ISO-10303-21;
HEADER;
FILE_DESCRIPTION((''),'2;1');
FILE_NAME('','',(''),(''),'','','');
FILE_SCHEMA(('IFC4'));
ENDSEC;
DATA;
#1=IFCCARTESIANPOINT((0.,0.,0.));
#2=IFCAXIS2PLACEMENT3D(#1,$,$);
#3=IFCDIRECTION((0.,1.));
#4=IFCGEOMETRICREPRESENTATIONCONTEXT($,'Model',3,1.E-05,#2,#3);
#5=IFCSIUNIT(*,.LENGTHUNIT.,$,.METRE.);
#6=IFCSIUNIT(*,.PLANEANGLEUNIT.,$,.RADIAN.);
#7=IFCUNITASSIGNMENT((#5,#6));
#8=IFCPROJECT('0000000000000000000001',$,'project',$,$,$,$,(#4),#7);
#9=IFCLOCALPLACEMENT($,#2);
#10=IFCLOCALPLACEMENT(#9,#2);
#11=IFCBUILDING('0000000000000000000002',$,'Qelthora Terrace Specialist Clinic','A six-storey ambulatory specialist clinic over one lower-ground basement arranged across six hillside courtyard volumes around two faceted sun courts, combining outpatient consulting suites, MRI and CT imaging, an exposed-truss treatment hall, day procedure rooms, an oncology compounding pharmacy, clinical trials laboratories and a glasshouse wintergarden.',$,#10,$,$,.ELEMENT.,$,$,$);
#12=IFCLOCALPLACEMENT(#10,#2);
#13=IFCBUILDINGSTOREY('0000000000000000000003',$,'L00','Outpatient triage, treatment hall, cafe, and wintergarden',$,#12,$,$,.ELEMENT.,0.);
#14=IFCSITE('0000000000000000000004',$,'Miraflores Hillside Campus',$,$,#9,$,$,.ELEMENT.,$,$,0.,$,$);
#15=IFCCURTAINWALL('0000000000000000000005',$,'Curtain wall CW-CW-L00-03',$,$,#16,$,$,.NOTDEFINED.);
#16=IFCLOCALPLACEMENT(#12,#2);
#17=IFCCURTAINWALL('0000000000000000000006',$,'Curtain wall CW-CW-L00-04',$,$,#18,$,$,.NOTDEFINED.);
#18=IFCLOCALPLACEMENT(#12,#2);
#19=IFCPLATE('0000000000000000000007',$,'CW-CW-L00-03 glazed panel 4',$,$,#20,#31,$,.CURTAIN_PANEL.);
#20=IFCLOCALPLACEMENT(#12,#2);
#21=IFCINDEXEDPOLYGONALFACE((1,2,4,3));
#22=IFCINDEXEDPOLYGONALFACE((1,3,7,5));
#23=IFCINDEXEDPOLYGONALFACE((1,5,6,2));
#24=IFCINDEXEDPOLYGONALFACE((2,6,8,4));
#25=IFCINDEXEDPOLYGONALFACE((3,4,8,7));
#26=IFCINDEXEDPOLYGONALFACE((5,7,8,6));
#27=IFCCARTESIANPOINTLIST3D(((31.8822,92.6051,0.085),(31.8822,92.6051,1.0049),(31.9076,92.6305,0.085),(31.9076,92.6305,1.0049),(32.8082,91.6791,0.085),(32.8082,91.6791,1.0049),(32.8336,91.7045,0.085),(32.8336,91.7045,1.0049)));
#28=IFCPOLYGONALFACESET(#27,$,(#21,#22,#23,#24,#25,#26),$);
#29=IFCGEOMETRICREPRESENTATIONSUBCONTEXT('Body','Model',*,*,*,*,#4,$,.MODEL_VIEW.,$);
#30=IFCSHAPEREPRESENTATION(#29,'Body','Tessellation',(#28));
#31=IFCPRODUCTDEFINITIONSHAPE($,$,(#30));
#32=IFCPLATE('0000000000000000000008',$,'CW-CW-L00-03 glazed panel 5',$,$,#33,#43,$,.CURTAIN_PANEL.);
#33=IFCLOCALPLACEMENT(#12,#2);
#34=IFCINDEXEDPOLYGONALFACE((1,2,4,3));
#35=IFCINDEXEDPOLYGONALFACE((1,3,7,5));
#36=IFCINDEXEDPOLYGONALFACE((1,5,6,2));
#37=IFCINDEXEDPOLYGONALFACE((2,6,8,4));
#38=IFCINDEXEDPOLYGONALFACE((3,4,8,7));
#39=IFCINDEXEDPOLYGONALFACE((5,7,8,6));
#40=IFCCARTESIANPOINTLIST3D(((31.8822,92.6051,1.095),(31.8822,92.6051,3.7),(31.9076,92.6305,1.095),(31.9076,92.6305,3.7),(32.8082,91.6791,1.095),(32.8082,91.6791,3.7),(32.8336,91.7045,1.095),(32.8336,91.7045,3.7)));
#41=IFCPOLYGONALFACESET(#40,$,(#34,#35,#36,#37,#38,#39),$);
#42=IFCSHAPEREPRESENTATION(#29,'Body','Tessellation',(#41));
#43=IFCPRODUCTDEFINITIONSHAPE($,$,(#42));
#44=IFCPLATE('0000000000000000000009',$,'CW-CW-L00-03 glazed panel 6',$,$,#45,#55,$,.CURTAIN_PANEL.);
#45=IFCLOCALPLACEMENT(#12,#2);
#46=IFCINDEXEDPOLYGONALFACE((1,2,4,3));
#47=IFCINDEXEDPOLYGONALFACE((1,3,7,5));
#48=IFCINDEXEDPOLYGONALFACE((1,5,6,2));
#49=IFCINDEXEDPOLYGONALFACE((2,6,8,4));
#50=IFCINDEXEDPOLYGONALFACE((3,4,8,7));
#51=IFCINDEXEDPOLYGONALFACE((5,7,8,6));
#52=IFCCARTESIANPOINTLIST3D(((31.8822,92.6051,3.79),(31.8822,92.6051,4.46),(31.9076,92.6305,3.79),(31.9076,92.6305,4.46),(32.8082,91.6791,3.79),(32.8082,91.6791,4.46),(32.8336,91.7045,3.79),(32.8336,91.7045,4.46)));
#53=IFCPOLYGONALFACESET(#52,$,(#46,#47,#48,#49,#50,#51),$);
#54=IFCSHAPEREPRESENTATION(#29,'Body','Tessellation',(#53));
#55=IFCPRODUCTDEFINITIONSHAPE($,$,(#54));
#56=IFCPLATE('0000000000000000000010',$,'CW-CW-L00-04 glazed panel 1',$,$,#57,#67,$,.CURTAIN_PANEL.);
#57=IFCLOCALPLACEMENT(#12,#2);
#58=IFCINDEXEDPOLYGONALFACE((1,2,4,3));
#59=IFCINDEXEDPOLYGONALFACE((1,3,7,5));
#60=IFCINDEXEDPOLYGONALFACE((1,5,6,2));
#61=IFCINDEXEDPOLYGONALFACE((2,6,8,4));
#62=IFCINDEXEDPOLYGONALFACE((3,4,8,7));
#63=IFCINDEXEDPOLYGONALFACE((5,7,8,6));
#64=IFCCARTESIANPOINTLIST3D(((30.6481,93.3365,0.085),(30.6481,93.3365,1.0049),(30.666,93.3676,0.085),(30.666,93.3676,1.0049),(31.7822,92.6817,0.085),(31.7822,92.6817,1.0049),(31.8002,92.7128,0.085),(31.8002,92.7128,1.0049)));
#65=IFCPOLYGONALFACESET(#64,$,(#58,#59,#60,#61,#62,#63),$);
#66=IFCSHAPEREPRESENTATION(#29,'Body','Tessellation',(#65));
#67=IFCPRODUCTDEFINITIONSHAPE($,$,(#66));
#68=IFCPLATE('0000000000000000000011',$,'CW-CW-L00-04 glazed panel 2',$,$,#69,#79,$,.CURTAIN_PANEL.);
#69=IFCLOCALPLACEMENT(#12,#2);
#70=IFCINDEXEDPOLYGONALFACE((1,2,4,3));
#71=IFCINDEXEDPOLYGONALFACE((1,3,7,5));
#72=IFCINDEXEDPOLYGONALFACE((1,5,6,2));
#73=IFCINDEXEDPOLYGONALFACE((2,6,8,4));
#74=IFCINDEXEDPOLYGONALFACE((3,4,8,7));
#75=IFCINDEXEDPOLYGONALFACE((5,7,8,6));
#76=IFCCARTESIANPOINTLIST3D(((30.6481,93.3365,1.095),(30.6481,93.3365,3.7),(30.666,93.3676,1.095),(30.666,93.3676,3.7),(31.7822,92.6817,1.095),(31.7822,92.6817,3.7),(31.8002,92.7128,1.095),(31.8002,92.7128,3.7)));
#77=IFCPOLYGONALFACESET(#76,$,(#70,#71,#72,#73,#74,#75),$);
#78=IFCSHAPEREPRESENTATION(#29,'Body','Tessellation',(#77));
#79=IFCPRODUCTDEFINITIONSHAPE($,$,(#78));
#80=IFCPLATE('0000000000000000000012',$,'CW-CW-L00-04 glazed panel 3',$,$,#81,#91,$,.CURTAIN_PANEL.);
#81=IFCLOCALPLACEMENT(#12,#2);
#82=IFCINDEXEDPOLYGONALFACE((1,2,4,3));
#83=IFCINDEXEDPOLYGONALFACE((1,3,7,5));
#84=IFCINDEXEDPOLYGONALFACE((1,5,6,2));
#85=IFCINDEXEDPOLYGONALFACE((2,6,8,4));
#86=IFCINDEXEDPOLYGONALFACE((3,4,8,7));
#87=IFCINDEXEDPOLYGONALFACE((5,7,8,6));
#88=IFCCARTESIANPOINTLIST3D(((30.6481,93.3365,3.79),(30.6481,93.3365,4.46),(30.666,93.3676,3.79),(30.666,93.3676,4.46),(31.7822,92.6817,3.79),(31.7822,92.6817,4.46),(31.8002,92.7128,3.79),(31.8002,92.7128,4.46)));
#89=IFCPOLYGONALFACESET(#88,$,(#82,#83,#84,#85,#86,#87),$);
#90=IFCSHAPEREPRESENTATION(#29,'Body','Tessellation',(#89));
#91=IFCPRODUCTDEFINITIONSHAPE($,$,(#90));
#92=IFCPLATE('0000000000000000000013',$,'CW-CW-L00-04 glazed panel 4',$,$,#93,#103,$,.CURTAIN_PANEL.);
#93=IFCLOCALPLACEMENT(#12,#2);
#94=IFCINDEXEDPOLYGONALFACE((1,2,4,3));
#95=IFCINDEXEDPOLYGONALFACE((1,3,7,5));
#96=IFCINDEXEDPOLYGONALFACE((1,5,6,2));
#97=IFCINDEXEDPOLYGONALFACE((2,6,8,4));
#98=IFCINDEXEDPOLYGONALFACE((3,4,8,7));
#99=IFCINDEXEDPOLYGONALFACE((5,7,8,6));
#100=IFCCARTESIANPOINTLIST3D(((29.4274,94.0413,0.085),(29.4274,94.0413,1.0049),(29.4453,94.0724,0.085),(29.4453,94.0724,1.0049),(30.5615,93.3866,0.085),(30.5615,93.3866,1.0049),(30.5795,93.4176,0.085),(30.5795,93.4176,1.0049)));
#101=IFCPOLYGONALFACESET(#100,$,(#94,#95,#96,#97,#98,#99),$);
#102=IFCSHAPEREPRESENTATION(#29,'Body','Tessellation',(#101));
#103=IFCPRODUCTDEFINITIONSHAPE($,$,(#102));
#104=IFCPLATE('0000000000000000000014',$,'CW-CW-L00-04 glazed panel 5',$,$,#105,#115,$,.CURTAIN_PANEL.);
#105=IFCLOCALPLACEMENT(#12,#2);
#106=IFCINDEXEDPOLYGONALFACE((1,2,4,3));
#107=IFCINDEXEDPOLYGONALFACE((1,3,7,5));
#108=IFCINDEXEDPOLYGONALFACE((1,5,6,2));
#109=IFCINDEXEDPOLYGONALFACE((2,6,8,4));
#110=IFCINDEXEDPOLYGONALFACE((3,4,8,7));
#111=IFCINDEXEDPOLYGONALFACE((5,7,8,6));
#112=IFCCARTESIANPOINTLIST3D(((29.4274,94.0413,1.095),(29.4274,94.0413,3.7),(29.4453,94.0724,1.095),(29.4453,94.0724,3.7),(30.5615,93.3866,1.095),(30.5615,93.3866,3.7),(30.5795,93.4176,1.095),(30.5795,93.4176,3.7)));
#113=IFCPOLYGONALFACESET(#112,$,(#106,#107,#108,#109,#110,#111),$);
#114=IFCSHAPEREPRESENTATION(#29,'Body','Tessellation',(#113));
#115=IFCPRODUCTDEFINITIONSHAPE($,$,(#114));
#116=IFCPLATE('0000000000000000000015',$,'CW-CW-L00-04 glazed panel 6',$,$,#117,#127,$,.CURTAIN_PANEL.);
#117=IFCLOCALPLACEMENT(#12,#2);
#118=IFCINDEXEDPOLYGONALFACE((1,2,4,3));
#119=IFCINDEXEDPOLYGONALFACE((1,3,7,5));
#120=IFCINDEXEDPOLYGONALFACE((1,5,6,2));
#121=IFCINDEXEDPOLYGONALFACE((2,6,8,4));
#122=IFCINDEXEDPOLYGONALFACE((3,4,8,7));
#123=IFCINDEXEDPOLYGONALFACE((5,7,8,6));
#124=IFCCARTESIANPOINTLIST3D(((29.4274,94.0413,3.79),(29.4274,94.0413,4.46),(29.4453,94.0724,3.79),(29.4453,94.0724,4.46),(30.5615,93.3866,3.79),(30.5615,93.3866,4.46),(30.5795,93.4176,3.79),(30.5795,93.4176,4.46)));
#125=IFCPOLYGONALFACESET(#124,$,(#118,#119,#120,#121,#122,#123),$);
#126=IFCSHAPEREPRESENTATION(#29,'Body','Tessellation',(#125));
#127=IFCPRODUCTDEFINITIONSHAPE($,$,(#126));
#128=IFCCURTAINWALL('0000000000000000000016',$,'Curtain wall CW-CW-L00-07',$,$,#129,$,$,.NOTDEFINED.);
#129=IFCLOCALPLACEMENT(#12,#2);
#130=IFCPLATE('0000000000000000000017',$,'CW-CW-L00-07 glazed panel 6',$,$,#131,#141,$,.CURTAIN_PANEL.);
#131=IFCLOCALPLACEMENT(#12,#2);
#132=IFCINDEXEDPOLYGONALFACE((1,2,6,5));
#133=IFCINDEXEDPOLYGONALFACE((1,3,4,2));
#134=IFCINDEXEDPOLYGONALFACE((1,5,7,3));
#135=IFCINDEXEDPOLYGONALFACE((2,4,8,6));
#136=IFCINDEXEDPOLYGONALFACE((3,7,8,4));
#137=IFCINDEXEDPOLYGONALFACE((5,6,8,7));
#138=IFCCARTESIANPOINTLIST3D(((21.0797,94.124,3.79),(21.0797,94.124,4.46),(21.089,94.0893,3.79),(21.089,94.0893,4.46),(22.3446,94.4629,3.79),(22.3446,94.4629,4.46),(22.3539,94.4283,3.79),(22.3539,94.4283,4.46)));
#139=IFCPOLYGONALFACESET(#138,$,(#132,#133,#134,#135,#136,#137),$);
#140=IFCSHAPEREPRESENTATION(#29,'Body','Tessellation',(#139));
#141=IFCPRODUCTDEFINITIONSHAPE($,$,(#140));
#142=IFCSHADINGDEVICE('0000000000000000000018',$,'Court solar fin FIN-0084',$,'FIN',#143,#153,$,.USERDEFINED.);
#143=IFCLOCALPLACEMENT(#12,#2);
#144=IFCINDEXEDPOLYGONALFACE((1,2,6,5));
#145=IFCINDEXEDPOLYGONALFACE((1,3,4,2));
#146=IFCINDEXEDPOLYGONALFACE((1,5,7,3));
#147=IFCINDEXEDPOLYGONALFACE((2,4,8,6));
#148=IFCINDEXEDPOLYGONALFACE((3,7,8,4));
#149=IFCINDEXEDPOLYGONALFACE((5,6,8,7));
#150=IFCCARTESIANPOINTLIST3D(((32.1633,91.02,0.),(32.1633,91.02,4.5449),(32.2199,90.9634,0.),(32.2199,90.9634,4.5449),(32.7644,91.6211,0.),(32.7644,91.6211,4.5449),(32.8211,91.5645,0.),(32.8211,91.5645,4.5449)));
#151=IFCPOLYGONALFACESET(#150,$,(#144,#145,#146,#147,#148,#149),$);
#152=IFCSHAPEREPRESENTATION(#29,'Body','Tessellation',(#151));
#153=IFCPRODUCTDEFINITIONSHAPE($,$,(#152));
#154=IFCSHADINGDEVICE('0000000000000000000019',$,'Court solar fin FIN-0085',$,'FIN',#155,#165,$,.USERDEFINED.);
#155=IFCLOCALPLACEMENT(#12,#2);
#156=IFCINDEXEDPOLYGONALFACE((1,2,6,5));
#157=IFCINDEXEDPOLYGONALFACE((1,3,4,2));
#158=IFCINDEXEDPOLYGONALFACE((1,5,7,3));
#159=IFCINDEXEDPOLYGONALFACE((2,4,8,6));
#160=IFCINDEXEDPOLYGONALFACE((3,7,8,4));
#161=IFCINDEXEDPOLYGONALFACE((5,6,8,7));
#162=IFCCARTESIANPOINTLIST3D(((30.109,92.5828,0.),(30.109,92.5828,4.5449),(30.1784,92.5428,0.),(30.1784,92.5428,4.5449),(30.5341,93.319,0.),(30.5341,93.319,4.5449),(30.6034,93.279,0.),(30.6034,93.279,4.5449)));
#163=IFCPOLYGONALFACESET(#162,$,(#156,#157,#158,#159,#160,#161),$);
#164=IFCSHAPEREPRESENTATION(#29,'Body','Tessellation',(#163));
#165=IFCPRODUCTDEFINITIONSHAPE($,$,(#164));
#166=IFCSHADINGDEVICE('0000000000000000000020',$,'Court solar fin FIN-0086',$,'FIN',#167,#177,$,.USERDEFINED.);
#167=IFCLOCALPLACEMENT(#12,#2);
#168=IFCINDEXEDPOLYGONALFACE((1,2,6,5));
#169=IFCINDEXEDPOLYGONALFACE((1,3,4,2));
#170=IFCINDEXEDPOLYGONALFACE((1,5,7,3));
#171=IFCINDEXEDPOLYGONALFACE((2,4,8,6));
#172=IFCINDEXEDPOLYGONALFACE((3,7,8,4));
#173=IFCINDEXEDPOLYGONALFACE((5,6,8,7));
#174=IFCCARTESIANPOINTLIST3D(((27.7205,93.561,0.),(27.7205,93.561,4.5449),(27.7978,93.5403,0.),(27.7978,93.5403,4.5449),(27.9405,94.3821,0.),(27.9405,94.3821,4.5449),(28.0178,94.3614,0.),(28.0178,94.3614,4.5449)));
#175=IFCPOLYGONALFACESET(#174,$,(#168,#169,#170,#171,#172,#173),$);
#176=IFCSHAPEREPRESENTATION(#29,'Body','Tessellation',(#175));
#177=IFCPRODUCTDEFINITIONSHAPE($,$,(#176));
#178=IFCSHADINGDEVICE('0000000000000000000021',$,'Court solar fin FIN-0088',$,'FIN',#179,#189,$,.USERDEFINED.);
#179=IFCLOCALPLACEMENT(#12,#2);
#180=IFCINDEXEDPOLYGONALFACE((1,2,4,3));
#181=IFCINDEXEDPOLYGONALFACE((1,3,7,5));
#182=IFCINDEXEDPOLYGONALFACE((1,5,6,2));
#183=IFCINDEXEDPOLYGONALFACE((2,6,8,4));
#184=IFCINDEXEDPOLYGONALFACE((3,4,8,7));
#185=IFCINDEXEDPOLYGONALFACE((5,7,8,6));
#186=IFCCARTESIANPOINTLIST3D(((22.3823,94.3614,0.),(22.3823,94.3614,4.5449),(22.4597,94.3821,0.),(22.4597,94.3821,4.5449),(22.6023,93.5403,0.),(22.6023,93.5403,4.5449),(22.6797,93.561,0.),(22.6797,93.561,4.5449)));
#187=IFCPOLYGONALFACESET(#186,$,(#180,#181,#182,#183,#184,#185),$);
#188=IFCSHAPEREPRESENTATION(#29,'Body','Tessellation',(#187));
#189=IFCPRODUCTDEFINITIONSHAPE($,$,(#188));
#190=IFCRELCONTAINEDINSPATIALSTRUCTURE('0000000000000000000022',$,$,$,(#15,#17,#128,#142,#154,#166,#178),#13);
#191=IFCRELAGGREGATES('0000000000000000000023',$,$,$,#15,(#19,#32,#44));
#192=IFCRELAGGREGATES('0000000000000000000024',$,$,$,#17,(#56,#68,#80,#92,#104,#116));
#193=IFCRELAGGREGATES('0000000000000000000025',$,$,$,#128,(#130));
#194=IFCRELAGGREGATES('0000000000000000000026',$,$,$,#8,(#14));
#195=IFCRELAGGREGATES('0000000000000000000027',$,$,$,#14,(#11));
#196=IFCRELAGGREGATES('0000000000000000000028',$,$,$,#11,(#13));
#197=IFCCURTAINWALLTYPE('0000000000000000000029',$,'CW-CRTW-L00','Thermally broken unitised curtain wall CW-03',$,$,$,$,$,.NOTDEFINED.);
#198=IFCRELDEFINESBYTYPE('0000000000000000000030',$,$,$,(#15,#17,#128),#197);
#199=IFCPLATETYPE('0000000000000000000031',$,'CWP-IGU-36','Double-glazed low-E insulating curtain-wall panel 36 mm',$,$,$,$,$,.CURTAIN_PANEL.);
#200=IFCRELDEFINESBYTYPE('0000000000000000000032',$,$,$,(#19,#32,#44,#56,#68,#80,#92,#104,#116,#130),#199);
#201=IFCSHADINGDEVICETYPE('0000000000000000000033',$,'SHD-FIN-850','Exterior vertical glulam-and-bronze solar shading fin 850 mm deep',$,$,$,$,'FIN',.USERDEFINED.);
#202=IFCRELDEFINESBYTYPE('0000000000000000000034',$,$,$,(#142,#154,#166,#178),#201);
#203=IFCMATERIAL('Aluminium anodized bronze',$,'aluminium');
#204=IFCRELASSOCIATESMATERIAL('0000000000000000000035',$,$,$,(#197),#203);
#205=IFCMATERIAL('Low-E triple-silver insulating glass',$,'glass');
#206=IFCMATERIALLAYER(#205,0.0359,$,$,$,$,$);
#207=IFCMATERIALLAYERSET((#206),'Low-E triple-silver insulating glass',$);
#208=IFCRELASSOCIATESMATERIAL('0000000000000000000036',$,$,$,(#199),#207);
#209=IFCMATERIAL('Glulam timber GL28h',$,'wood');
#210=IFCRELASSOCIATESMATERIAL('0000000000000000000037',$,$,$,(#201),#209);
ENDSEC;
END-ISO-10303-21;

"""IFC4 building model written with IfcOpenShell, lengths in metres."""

from ifc_helpers import new_model, si_unit, direction, frame, origin, origin_2d, place, context, subcontext, project, spatial, rectangle, extrude, material, layer, layer_set, type_object, element, aggregate, save


model = new_model("IFC4")

# Units and contexts
model_context = context("Model", 3, precision=1e-05, world=origin(), true_north=direction((0.0, 1.0)))
body_context = subcontext(model_context, "Body", "Model", "MODEL_VIEW")
ifc_project = project(units=[si_unit("LENGTHUNIT", "METRE"), si_unit("PLANEANGLEUNIT", "RADIAN")], contexts=[model_context])

# Site, building, storey
site_placement = place(None, origin())
site = spatial("IfcSite", under=ifc_project, at=site_placement, Name="Miraflores Hillside Campus", CompositionType="ELEMENT", RefElevation=0.0)
building_placement = place(site_placement, origin())
building = spatial("IfcBuilding", under=site, at=building_placement, Name="Qelthora Terrace Specialist Clinic", Description="A six-storey ambulatory specialist clinic over one lower-ground basement arranged across six hillside courtyard volumes around two faceted sun courts, combining outpatient consulting suites, MRI and CT imaging, an exposed-truss treatment hall, day procedure rooms, an oncology compounding pharmacy, clinical trials laboratories and a glasshouse wintergarden.", CompositionType="ELEMENT")
storey_placement = place(building_placement, origin())
storey = spatial("IfcBuildingStorey", under=building, at=storey_placement, Name="L00", Description="Outpatient triage, treatment hall, cafe, and wintergarden", CompositionType="ELEMENT", Elevation=0.0)

# Curtain walls
ifc_material_1 = material(Name="Aluminium anodized bronze", Category="aluminium")
curtain_wall_type = type_object("IfcCurtainWallType", Name="CW-CRTW-L00", Description="Thermally broken unitised curtain wall CW-03", PredefinedType="NOTDEFINED", material=ifc_material_1)
curtain_wall_1_placement = place(storey_placement, origin())
curtain_wall_1 = element("IfcCurtainWall", 1, at=curtain_wall_1_placement, inside=storey, type_object=curtain_wall_type, Name="Curtain wall CW-CW-L00-03", PredefinedType="NOTDEFINED")
curtain_wall_2_placement = place(storey_placement, origin())
curtain_wall_2 = element("IfcCurtainWall", 2, at=curtain_wall_2_placement, inside=storey, type_object=curtain_wall_type, Name="Curtain wall CW-CW-L00-04", PredefinedType="NOTDEFINED")

# Plates
ifc_material_2 = material(Name="Low-E triple-silver insulating glass", Category="glass")
ifc_layer = layer(ifc_material_2, 0.0359)
ifc_layer_set = layer_set([ifc_layer], Name="Low-E triple-silver insulating glass")
plate_type = type_object("IfcPlateType", Name="CWP-IGU-36", Description="Double-glazed low-E insulating curtain-wall panel 36 mm", PredefinedType="CURTAIN_PANEL", material=ifc_layer_set)
plate_1_placement = place(storey_placement, frame((32.3579, 92.1548, 0.085), z_axis=(0.0, 0.0, 1.0), x_axis=(-0.707107, 0.707107, 0.0)))
plate_1 = element("IfcPlate", 3, at=plate_1_placement, type_object=plate_type, Name="CW-CW-L00-03 glazed panel 4", PredefinedType="CURTAIN_PANEL", context=body_context, shape_type="SweptSolid", body=[
    extrude(rectangle(XDim=1.3096, YDim=0.0359, at=origin_2d()), origin(), (0.0, 0.0, 1.0), 0.9199),
])
plate_2_placement = place(storey_placement, frame((32.3579, 92.1548, 1.095), z_axis=(0.0, 0.0, 1.0), x_axis=(-0.707107, 0.707107, 0.0)))
plate_2 = element("IfcPlate", 4, at=plate_2_placement, type_object=plate_type, Name="CW-CW-L00-03 glazed panel 5", PredefinedType="CURTAIN_PANEL", context=body_context, shape_type="SweptSolid", body=[
    extrude(rectangle(XDim=1.3096, YDim=0.0359, at=origin_2d()), origin(), (0.0, 0.0, 1.0), 2.605),
])
plate_3_placement = place(storey_placement, frame((32.3579, 92.1548, 3.79), z_axis=(0.0, 0.0, 1.0), x_axis=(-0.707107, 0.707107, 0.0)))
plate_3 = element("IfcPlate", 5, at=plate_3_placement, type_object=plate_type, Name="CW-CW-L00-03 glazed panel 6", PredefinedType="CURTAIN_PANEL", context=body_context, shape_type="SweptSolid", body=[
    extrude(rectangle(XDim=1.3096, YDim=0.0359, at=origin_2d()), origin(), (0.0, 0.0, 1.0), 0.6699),
])
aggregate(curtain_wall_1, [plate_1, plate_2, plate_3])
plate_4_placement = place(storey_placement, frame((31.2241, 93.0247, 0.085), z_axis=(0.0, 0.0, 1.0), x_axis=(-0.866025, 0.5, 0.0)))
plate_4 = element("IfcPlate", 6, at=plate_4_placement, type_object=plate_type, Name="CW-CW-L00-04 glazed panel 1", PredefinedType="CURTAIN_PANEL", context=body_context, shape_type="SweptSolid", body=[
    extrude(rectangle(XDim=1.3096, YDim=0.0359, at=origin_2d()), origin(), (0.0, 0.0, 1.0), 0.9199),
])
plate_5_placement = place(storey_placement, frame((31.2241, 93.0247, 1.095), z_axis=(0.0, 0.0, 1.0), x_axis=(-0.866025, 0.5, 0.0)))
plate_5 = element("IfcPlate", 7, at=plate_5_placement, type_object=plate_type, Name="CW-CW-L00-04 glazed panel 2", PredefinedType="CURTAIN_PANEL", context=body_context, shape_type="SweptSolid", body=[
    extrude(rectangle(XDim=1.3096, YDim=0.0359, at=origin_2d()), origin(), (0.0, 0.0, 1.0), 2.605),
])
plate_6_placement = place(storey_placement, frame((31.2241, 93.0247, 3.79), z_axis=(0.0, 0.0, 1.0), x_axis=(-0.866025, 0.5, 0.0)))
plate_6 = element("IfcPlate", 8, at=plate_6_placement, type_object=plate_type, Name="CW-CW-L00-04 glazed panel 3", PredefinedType="CURTAIN_PANEL", context=body_context, shape_type="SweptSolid", body=[
    extrude(rectangle(XDim=1.3096, YDim=0.0359, at=origin_2d()), origin(), (0.0, 0.0, 1.0), 0.6699),
])
plate_7_placement = place(storey_placement, frame((30.0034, 93.7295, 0.085), z_axis=(0.0, 0.0, 1.0), x_axis=(-0.866025, 0.5, 0.0)))
plate_7 = element("IfcPlate", 9, at=plate_7_placement, type_object=plate_type, Name="CW-CW-L00-04 glazed panel 4", PredefinedType="CURTAIN_PANEL", context=body_context, shape_type="SweptSolid", body=[
    extrude(rectangle(XDim=1.3096, YDim=0.0359, at=origin_2d()), origin(), (0.0, 0.0, 1.0), 0.9199),
])
plate_8_placement = place(storey_placement, frame((30.0034, 93.7295, 1.095), z_axis=(0.0, 0.0, 1.0), x_axis=(-0.866025, 0.5, 0.0)))
plate_8 = element("IfcPlate", 10, at=plate_8_placement, type_object=plate_type, Name="CW-CW-L00-04 glazed panel 5", PredefinedType="CURTAIN_PANEL", context=body_context, shape_type="SweptSolid", body=[
    extrude(rectangle(XDim=1.3096, YDim=0.0359, at=origin_2d()), origin(), (0.0, 0.0, 1.0), 2.605),
])
plate_9_placement = place(storey_placement, frame((30.0034, 93.7295, 3.79), z_axis=(0.0, 0.0, 1.0), x_axis=(-0.866025, 0.5, 0.0)))
plate_9 = element("IfcPlate", 11, at=plate_9_placement, type_object=plate_type, Name="CW-CW-L00-04 glazed panel 6", PredefinedType="CURTAIN_PANEL", context=body_context, shape_type="SweptSolid", body=[
    extrude(rectangle(XDim=1.3096, YDim=0.0359, at=origin_2d()), origin(), (0.0, 0.0, 1.0), 0.6699),
])
aggregate(curtain_wall_2, [plate_4, plate_5, plate_6, plate_7, plate_8, plate_9])

# Curtain wall, plate
curtain_wall_3_placement = place(storey_placement, origin())
curtain_wall_3 = element("IfcCurtainWall", 12, at=curtain_wall_3_placement, inside=storey, type_object=curtain_wall_type, Name="Curtain wall CW-CW-L00-07", PredefinedType="NOTDEFINED")
plate_10_placement = place(storey_placement, frame((21.7168, 94.2761, 3.79), z_axis=(0.0, 0.0, 1.0), x_axis=(-0.965925, -0.258821, 0.0)))
plate_10 = element("IfcPlate", 13, at=plate_10_placement, type_object=plate_type, Name="CW-CW-L00-07 glazed panel 6", PredefinedType="CURTAIN_PANEL", context=body_context, shape_type="SweptSolid", body=[
    extrude(rectangle(XDim=1.3096, YDim=0.0359, at=origin_2d()), origin(), (0.0, 0.0, 1.0), 0.6699),
])
aggregate(curtain_wall_3, [plate_10])

# Shading devices
ifc_material_3 = material(Name="Glulam timber GL28h", Category="wood")
shading_device_type = type_object("IfcShadingDeviceType", Name="SHD-FIN-850", Description="Exterior vertical glulam-and-bronze solar shading fin 850 mm deep", ElementType="FIN", PredefinedType="USERDEFINED", material=ifc_material_3)
for number, where, z_axis, x_axis, name in (
    (14, (32.4922, 91.2922, 0.0), (0.0, 0.0, 1.0), (-0.707107, -0.707107, 0.0), "Court solar fin FIN-0084"),
    (15, (30.3562, 92.9309, 0.0), (0.0, 0.0, 1.0), (-0.5, -0.866025, 0.0), "Court solar fin FIN-0085"),
    (16, (27.8691, 93.9612, 0.0), (0.0, 0.0, 1.0), (-0.258819, -0.965926, 0.0), "Court solar fin FIN-0086"),
    (17, (22.531, 93.9612, 0.0), (0.0, 0.0, 1.0), (0.258819, -0.965926, 0.0), "Court solar fin FIN-0088"),
):
    element("IfcShadingDevice", number, at=place(storey_placement, frame(where, z_axis=z_axis, x_axis=x_axis)), inside=storey, type_object=shading_device_type, Name=name, ObjectType="FIN", PredefinedType="USERDEFINED", context=body_context, shape_type="SweptSolid", body=[
        extrude(rectangle(XDim=0.8501, YDim=0.0801, at=origin_2d()), origin(), (0.0, 0.0, 1.0), 4.5449),
    ])

save(model, "model.ifc")
